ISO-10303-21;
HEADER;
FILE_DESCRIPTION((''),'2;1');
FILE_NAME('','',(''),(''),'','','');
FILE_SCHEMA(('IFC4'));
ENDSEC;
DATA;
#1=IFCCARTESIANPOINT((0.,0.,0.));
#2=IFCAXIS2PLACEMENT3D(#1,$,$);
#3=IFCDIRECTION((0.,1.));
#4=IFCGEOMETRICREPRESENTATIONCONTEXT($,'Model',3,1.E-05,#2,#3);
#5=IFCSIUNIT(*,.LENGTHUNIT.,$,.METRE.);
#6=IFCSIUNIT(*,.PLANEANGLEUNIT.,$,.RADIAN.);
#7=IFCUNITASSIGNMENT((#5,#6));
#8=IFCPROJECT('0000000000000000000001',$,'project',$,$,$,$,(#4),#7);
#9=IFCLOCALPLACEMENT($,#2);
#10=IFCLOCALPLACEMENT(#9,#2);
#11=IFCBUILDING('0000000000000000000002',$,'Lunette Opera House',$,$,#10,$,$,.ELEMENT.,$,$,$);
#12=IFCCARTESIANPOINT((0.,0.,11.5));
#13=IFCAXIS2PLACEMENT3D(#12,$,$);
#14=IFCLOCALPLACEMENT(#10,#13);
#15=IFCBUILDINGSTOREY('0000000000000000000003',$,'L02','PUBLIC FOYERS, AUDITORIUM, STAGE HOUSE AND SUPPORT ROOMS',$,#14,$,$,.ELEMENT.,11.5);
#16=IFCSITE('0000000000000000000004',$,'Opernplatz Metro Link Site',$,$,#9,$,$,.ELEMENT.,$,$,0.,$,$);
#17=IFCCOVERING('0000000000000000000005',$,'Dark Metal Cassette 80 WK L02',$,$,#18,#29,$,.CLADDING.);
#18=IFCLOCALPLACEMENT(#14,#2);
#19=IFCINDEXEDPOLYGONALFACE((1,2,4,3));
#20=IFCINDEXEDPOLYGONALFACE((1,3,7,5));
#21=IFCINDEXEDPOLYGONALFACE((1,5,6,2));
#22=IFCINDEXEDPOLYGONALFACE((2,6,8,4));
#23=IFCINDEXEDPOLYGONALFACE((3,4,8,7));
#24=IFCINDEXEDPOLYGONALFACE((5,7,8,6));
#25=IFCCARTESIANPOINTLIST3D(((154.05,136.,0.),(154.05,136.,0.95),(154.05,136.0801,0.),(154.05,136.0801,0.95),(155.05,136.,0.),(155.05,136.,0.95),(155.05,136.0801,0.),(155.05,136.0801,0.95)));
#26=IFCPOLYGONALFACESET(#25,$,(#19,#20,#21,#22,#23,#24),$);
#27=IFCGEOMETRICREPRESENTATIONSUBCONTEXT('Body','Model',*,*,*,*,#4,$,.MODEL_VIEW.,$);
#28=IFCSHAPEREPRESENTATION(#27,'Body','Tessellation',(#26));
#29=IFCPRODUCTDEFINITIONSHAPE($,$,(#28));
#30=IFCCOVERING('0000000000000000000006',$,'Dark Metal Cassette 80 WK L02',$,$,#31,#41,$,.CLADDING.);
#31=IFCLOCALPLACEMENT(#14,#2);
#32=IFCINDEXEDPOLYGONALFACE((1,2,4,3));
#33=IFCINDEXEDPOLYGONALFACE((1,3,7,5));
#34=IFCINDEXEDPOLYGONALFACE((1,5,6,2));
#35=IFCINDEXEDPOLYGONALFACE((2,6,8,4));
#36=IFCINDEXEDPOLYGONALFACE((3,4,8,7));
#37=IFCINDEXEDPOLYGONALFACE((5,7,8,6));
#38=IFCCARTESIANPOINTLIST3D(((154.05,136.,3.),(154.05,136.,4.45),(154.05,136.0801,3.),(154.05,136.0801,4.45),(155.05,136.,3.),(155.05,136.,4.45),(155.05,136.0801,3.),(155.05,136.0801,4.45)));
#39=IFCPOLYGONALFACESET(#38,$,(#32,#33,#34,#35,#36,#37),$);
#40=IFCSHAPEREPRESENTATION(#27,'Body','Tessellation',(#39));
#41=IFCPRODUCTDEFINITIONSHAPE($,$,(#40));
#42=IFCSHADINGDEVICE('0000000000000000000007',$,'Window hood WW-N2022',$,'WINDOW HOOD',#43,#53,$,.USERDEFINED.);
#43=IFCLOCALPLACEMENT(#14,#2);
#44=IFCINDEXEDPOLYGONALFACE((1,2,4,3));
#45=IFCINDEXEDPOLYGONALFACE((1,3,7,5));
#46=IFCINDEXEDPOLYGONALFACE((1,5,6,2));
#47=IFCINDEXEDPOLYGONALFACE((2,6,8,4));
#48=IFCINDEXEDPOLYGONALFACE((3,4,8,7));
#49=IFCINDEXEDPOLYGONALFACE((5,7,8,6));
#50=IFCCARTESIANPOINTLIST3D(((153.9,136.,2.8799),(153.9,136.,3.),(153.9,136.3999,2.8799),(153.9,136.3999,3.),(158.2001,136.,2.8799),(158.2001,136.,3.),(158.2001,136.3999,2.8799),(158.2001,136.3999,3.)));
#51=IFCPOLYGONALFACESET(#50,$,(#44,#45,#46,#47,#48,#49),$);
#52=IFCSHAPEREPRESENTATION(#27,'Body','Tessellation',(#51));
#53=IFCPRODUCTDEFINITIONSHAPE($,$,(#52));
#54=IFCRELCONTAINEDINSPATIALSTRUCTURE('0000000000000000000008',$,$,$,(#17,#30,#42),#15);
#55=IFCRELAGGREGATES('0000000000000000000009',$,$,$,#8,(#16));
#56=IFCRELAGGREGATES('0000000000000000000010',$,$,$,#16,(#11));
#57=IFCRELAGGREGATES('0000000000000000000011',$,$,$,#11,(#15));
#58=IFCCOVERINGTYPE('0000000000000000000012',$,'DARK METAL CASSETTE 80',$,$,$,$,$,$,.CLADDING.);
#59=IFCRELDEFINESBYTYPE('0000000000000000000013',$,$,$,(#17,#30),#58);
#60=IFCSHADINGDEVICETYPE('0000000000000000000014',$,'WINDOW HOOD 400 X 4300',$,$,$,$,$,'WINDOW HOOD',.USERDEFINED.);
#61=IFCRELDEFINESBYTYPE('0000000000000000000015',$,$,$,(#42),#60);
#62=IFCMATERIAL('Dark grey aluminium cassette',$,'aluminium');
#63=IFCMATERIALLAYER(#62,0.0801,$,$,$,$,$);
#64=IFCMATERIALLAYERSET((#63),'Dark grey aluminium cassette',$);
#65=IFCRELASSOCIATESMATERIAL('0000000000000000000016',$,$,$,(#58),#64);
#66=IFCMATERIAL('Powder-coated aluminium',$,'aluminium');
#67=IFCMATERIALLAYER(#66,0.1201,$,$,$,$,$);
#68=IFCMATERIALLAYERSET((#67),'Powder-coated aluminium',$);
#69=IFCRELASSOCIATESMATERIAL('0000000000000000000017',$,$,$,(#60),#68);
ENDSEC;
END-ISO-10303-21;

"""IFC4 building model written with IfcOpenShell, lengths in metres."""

from ifc_helpers import new_model, si_unit, direction, frame, origin, origin_2d, place, context, subcontext, project, spatial, rectangle, extrude, material, layer, layer_set, type_object, element, save


model = new_model("IFC4")

# Units and contexts
model_context = context("Model", 3, precision=1e-05, world=origin(), true_north=direction((0.0, 1.0)))
body_context = subcontext(model_context, "Body", "Model", "MODEL_VIEW")
ifc_project = project(units=[si_unit("LENGTHUNIT", "METRE"), si_unit("PLANEANGLEUNIT", "RADIAN")], contexts=[model_context])

# Site, building, storey
site_placement = place(None, origin())
site = spatial("IfcSite", under=ifc_project, at=site_placement, Name="Opernplatz Metro Link Site", CompositionType="ELEMENT", RefElevation=0.0)
building_placement = place(site_placement, origin())
building = spatial("IfcBuilding", under=site, at=building_placement, Name="Lunette Opera House", CompositionType="ELEMENT")
storey_placement = place(building_placement, frame((0.0, 0.0, 11.5)))
storey = spatial("IfcBuildingStorey", under=building, at=storey_placement, Name="L02", Description="PUBLIC FOYERS, AUDITORIUM, STAGE HOUSE AND SUPPORT ROOMS", CompositionType="ELEMENT", Elevation=11.5)

# Coverings
ifc_material_1 = material(Name="Dark grey aluminium cassette", Category="aluminium")
ifc_layer_1 = layer(ifc_material_1, 0.0801)
ifc_layer_set_1 = layer_set([ifc_layer_1], Name="Dark grey aluminium cassette")
covering_type = type_object("IfcCoveringType", Name="DARK METAL CASSETTE 80", PredefinedType="CLADDING", material=ifc_layer_set_1)
covering_1_placement = place(storey_placement, frame((154.55, 136.04, 0.0), z_axis=(0.0, 0.0, 1.0), x_axis=(-1.0, 0.0, 0.0)))
element("IfcCovering", 1, at=covering_1_placement, inside=storey, type_object=covering_type, Name="Dark Metal Cassette 80 WK L02", PredefinedType="CLADDING", context=body_context, shape_type="SweptSolid", body=[
    extrude(rectangle(XDim=1.0, YDim=0.0801, at=origin_2d()), origin(), (0.0, 0.0, 1.0), 0.95),
])
covering_2_placement = place(storey_placement, frame((154.55, 136.04, 3.0), z_axis=(0.0, 0.0, 1.0), x_axis=(-1.0, 0.0, 0.0)))
element("IfcCovering", 2, at=covering_2_placement, inside=storey, type_object=covering_type, Name="Dark Metal Cassette 80 WK L02", PredefinedType="CLADDING", context=body_context, shape_type="SweptSolid", body=[
    extrude(rectangle(XDim=1.0, YDim=0.0801, at=origin_2d()), origin(), (0.0, 0.0, 1.0), 1.45),
])

# Shading device
ifc_material_2 = material(Name="Powder-coated aluminium", Category="aluminium")
ifc_layer_2 = layer(ifc_material_2, 0.1201)
ifc_layer_set_2 = layer_set([ifc_layer_2], Name="Powder-coated aluminium")
shading_device_type = type_object("IfcShadingDeviceType", Name="WINDOW HOOD 400 X 4300", ElementType="WINDOW HOOD", PredefinedType="USERDEFINED", material=ifc_layer_set_2)
shading_device_placement = place(storey_placement, frame((156.05, 136.2, 2.8799), z_axis=(0.0, 0.0, 1.0), x_axis=(0.0, 1.0, 0.0)))
element("IfcShadingDevice", 3, at=shading_device_placement, inside=storey, type_object=shading_device_type, Name="Window hood WW-N2022", ObjectType="WINDOW HOOD", PredefinedType="USERDEFINED", context=body_context, shape_type="SweptSolid", body=[
    extrude(rectangle(XDim=0.3999, YDim=4.3, at=origin_2d()), origin(), (0.0, 0.0, 1.0), 0.1201),
])

save(model, "model.ifc")
